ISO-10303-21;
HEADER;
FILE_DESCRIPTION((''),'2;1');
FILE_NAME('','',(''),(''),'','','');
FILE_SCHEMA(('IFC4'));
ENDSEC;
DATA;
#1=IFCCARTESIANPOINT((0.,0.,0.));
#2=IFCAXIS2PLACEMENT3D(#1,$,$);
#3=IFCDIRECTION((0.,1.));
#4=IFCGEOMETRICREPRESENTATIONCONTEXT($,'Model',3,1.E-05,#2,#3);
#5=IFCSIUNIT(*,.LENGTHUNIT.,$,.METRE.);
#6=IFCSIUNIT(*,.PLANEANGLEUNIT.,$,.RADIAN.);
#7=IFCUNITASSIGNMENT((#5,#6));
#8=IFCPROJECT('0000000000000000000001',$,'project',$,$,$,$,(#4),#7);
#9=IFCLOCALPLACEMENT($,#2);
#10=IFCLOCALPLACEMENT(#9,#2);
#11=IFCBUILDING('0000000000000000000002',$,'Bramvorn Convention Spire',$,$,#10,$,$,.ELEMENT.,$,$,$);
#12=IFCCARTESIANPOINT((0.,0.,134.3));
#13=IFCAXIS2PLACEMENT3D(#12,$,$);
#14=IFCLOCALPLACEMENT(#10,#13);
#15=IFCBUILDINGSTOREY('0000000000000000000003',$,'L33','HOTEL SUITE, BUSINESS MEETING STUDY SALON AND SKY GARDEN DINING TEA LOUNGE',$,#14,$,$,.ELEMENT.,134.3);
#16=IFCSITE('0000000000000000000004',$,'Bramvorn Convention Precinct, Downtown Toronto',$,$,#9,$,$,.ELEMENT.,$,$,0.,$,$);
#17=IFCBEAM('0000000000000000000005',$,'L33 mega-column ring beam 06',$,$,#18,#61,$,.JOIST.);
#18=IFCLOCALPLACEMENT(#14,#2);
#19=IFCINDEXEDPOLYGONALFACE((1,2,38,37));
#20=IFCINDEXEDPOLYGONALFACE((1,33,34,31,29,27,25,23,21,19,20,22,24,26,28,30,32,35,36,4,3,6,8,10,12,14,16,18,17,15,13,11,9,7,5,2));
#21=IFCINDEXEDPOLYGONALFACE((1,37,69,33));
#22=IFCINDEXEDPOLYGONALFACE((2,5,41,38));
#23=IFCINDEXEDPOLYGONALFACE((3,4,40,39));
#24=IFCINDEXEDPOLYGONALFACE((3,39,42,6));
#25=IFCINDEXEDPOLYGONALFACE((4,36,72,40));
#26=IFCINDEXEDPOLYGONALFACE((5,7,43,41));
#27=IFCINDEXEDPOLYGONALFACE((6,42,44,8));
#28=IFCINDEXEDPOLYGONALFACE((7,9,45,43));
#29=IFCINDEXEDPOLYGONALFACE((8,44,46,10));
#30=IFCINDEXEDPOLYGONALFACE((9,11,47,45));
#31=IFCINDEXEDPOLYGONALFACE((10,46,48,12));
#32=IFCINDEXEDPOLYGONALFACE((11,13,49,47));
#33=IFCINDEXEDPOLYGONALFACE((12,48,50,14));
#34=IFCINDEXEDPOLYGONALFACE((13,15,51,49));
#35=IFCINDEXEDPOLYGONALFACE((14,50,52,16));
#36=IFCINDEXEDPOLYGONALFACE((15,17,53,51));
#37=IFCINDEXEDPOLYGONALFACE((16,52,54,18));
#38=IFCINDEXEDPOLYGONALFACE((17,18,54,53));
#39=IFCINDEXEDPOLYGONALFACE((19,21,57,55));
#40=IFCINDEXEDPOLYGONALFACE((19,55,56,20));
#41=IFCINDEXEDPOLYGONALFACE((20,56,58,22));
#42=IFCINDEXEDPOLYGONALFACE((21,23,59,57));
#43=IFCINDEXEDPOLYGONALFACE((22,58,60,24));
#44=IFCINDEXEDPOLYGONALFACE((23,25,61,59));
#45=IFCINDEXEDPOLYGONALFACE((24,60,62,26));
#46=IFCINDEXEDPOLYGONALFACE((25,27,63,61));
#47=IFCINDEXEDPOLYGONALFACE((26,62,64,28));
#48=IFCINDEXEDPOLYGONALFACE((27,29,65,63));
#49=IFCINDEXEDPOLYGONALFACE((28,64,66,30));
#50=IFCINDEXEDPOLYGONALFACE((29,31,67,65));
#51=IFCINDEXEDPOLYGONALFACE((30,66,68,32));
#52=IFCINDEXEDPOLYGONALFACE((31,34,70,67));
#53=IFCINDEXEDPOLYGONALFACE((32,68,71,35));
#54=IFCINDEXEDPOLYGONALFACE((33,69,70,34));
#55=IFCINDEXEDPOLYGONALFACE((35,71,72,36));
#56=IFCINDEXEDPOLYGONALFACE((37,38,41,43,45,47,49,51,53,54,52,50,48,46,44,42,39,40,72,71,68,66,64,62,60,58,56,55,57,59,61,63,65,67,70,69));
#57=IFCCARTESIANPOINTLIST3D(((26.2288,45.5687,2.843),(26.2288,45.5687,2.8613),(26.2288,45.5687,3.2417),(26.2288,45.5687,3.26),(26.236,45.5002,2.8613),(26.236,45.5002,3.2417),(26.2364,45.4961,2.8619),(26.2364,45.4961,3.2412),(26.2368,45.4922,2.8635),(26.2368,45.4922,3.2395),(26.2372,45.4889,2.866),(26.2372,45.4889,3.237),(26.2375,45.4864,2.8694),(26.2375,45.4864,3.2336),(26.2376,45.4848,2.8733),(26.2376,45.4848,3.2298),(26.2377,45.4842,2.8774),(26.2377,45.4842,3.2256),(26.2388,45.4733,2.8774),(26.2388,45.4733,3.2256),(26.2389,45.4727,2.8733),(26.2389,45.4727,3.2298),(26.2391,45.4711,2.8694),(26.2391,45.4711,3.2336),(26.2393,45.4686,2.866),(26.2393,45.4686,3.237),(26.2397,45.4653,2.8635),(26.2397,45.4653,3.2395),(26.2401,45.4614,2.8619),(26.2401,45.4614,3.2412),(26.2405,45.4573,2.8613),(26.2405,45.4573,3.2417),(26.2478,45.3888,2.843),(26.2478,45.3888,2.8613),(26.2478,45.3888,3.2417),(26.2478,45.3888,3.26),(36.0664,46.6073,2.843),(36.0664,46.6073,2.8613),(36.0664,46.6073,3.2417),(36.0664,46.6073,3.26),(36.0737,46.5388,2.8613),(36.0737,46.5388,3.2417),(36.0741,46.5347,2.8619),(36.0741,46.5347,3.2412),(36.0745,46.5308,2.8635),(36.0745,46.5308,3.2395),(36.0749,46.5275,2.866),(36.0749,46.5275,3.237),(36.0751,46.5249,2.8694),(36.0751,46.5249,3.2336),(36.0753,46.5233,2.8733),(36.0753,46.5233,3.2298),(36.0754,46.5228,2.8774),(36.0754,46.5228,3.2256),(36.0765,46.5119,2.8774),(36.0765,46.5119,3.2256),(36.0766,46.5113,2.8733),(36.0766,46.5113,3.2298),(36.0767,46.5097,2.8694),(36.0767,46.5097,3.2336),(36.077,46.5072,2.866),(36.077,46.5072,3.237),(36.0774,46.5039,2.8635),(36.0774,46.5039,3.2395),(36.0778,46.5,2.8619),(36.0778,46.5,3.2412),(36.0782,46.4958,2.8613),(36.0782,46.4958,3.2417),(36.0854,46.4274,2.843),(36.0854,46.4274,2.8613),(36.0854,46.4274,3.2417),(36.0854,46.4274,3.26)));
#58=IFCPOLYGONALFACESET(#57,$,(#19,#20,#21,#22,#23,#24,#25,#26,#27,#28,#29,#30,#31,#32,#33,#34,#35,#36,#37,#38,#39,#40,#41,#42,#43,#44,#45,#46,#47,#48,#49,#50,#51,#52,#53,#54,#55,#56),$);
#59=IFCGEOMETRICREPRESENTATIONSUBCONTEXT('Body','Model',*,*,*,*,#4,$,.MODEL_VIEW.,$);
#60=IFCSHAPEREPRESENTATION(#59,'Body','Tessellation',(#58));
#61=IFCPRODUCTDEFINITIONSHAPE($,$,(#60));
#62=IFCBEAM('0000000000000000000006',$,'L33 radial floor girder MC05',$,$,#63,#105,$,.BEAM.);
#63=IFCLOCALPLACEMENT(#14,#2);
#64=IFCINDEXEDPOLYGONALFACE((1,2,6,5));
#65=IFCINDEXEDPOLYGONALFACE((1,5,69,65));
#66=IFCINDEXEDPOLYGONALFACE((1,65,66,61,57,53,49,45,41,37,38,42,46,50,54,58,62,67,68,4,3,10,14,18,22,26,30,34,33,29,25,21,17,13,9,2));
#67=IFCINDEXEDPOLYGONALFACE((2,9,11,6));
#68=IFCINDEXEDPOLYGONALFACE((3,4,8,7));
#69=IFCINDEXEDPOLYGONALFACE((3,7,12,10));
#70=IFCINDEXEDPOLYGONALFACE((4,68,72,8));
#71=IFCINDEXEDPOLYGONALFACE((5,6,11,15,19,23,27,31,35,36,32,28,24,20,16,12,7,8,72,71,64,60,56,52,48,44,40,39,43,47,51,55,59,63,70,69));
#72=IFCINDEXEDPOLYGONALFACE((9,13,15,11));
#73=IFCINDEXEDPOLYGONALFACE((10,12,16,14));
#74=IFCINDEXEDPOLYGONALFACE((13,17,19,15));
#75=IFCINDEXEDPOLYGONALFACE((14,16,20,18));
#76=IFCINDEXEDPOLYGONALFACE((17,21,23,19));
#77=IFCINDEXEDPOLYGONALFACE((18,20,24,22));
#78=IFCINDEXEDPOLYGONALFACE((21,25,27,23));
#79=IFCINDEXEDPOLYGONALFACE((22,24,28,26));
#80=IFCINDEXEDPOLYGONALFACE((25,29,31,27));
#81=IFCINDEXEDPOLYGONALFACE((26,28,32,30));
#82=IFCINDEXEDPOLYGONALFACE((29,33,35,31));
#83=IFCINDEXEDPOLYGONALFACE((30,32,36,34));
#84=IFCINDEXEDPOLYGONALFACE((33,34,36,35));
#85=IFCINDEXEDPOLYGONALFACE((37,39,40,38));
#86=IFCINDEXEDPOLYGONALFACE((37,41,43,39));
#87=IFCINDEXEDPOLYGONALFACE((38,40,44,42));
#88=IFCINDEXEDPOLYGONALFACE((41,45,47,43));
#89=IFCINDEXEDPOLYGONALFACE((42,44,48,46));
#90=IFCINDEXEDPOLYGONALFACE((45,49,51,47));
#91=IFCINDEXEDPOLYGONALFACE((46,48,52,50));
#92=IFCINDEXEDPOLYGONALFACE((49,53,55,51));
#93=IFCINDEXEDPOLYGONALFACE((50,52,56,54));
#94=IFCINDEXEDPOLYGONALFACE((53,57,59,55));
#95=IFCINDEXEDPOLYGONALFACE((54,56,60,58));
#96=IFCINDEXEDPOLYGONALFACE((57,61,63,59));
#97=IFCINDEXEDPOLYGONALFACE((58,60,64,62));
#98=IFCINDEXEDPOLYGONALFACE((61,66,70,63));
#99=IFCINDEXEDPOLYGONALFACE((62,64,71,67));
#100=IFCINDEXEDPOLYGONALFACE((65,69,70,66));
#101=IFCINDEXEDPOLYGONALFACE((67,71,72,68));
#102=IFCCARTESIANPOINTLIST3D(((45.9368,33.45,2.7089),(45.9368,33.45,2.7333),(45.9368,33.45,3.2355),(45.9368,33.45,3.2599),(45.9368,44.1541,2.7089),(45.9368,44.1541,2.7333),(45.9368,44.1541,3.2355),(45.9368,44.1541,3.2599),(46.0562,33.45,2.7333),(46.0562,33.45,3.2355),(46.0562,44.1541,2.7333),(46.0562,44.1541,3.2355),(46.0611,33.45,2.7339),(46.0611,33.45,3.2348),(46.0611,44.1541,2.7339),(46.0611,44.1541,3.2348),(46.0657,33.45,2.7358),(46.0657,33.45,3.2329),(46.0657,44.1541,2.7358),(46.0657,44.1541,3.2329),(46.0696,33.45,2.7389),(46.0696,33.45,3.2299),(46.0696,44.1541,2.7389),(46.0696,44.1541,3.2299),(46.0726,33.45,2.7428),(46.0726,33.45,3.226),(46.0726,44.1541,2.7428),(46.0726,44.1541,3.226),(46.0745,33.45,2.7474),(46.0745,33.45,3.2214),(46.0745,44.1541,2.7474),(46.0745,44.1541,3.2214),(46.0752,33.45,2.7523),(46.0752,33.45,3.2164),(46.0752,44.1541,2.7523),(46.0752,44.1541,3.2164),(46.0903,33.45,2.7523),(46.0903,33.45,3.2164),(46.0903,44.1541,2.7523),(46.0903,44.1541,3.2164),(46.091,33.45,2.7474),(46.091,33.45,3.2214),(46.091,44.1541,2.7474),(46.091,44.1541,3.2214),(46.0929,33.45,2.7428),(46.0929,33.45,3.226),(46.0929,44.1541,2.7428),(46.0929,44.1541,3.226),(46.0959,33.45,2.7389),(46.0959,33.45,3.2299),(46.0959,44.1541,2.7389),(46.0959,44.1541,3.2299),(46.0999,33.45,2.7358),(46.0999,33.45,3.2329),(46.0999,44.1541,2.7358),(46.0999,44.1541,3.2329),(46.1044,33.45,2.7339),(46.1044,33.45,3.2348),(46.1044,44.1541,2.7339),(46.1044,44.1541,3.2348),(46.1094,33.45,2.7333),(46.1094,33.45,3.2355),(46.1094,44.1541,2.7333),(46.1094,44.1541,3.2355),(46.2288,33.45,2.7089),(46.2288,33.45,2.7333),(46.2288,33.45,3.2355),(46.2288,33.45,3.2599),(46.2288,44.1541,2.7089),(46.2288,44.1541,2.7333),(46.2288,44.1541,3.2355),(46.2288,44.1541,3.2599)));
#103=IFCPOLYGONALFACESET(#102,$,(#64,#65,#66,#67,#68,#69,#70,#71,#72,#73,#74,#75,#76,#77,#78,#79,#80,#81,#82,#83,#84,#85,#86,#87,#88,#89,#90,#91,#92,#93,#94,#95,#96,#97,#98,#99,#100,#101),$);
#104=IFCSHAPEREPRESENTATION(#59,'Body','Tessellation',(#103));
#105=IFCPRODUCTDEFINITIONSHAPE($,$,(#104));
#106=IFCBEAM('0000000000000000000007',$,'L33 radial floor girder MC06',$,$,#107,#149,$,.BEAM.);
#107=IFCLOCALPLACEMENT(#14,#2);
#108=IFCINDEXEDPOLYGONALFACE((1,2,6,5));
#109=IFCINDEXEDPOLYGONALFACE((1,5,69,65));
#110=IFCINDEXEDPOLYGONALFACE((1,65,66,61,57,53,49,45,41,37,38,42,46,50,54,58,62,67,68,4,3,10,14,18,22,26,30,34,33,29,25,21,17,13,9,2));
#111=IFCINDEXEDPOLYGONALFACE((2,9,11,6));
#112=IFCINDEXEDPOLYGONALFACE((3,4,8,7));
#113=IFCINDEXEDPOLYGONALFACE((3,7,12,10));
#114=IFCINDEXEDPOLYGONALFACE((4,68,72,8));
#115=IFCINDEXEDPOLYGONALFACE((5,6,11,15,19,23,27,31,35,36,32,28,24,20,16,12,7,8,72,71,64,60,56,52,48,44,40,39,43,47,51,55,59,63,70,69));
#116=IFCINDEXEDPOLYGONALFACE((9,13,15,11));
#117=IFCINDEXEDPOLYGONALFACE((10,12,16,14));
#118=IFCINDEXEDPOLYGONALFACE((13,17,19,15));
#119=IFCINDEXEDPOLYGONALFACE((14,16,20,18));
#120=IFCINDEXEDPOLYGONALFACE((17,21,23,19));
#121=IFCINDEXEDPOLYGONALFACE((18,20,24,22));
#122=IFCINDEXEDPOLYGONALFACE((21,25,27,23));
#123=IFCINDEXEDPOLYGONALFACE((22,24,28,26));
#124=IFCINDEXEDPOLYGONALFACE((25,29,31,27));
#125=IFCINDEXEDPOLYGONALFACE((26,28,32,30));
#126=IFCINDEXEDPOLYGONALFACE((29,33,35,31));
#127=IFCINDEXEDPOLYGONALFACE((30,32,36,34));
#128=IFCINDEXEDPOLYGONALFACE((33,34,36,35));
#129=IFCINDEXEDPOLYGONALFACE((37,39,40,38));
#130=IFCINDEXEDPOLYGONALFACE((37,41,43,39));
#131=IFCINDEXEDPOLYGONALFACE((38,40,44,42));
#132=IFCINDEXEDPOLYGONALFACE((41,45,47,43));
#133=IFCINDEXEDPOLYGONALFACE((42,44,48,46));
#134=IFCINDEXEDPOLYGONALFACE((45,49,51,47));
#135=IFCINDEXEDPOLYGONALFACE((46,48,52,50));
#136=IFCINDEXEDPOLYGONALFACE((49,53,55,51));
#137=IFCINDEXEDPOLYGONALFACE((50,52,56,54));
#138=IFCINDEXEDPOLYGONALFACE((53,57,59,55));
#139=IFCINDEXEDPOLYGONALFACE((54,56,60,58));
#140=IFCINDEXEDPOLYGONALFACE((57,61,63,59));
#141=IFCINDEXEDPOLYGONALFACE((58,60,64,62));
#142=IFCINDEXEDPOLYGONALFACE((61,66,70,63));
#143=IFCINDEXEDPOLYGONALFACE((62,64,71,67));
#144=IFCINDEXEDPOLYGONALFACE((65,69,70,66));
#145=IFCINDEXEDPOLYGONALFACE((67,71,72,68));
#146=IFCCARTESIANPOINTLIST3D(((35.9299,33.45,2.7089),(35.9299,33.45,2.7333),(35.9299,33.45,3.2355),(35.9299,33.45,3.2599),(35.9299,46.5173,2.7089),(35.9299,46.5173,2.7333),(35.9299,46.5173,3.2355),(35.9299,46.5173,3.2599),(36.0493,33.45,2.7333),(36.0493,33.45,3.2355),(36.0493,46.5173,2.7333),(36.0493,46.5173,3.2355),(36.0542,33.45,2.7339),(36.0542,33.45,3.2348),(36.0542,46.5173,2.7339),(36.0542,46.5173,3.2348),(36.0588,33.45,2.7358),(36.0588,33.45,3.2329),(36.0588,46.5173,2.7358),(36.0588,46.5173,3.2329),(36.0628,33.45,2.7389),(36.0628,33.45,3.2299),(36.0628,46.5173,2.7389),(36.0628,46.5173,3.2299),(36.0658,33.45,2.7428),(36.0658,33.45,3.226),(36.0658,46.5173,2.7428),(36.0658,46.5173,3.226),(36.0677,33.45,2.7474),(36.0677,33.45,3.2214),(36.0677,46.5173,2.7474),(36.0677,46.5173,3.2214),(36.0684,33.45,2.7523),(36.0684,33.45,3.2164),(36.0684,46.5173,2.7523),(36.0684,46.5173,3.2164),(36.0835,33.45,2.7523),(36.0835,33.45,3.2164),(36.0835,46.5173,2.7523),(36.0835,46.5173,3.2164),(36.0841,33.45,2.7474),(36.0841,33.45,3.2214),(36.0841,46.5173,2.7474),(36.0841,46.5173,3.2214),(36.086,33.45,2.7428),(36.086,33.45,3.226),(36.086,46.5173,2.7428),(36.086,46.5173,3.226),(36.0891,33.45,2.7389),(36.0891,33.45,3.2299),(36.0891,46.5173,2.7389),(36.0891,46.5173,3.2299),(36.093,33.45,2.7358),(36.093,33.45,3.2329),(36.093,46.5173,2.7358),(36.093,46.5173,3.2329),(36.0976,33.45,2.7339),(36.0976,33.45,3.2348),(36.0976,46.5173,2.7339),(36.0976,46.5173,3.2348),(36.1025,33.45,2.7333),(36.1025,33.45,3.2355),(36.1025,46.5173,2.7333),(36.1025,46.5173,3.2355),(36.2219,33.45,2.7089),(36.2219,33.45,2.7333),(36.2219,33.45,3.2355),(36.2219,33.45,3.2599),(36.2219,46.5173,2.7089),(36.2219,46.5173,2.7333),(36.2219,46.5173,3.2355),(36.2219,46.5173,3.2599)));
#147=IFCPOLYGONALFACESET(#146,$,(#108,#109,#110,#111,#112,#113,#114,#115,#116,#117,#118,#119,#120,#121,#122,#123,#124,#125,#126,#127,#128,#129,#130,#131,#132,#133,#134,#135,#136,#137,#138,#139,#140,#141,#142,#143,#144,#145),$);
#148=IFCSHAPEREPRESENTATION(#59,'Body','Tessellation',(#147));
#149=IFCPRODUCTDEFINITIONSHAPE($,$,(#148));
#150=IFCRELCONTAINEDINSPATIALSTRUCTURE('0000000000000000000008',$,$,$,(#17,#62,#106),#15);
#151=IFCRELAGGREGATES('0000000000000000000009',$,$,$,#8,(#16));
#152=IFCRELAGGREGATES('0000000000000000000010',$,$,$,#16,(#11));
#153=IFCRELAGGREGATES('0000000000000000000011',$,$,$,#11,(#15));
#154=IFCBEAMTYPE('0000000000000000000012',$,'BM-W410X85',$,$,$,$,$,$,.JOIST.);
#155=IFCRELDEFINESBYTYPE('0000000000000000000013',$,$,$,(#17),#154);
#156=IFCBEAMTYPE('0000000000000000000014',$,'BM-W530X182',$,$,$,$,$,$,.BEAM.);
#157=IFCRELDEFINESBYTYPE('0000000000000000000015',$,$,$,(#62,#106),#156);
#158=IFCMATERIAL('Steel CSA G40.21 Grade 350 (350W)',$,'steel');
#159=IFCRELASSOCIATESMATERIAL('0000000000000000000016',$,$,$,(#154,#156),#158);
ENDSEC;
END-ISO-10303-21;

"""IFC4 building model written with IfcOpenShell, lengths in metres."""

from ifc_helpers import new_model, si_unit, direction, frame, origin, origin_2d, place, context, subcontext, project, spatial, i_section, extrude, material, material_profile, profile_set, type_object, element, save


model = new_model("IFC4")

# Units and contexts
model_context = context("Model", 3, precision=1e-05, world=origin(), true_north=direction((0.0, 1.0)))
body_context = subcontext(model_context, "Body", "Model", "MODEL_VIEW")
ifc_project = project(units=[si_unit("LENGTHUNIT", "METRE"), si_unit("PLANEANGLEUNIT", "RADIAN")], contexts=[model_context])

# Site, building, storey
site_placement = place(None, origin())
site = spatial("IfcSite", under=ifc_project, at=site_placement, Name="Bramvorn Convention Precinct, Downtown Toronto", CompositionType="ELEMENT", RefElevation=0.0)
building_placement = place(site_placement, origin())
building = spatial("IfcBuilding", under=site, at=building_placement, Name="Bramvorn Convention Spire", CompositionType="ELEMENT")
storey_placement = place(building_placement, frame((0.0, 0.0, 134.3)))
storey = spatial("IfcBuildingStorey", under=building, at=storey_placement, Name="L33", Description="HOTEL SUITE, BUSINESS MEETING STUDY SALON AND SKY GARDEN DINING TEA LOUNGE", CompositionType="ELEMENT", Elevation=134.3)

# Shared definitions
ifc_material_1 = material(Name="Steel CSA G40.21 Grade 350 (350W)", Category="steel")

# Beams
ifc_material_profile_1 = material_profile(ifc_material_1, i_section(OverallWidth=0.1809, OverallDepth=0.417, WebThickness=0.011, FlangeThickness=0.0183, FilletRadius=0.0161, at=origin_2d()))
ifc_profile_set_1 = profile_set([ifc_material_profile_1], Name="Steel CSA G40.21 Grade 350 (350W) - W410X85")
beam_type_1 = type_object("IfcBeamType", Name="BM-W410X85", PredefinedType="JOIST", material=ifc_profile_set_1)
beam_1_placement = place(storey_placement, frame((36.0759, 46.5173, 3.0515), z_axis=(-0.994473, -0.104988, 0.0), x_axis=(0.104988, -0.994473, 0.0)))
element("IfcBeam", 1, at=beam_1_placement, inside=storey, type_object=beam_type_1, Name="L33 mega-column ring beam 06", PredefinedType="JOIST", context=body_context, shape_type="SweptSolid", body=[
    extrude(i_section(OverallWidth=0.1809, OverallDepth=0.417, WebThickness=0.011, FlangeThickness=0.0183, FilletRadius=0.0161, at=origin_2d()), origin(), (0.0, 0.0, 1.0), 9.8923),
])
ifc_material_profile_2 = material_profile(ifc_material_1, i_section(OverallWidth=0.292, OverallDepth=0.551, WebThickness=0.0151, FlangeThickness=0.0244, FilletRadius=0.019, at=origin_2d()))
ifc_profile_set_2 = profile_set([ifc_material_profile_2], Name="Steel CSA G40.21 Grade 350 (350W) - W530X182")
beam_type_2 = type_object("IfcBeamType", Name="BM-W530X182", PredefinedType="BEAM", material=ifc_profile_set_2)
beam_2_placement = place(storey_placement, frame((46.0828, 33.45, 2.9844), z_axis=(0.0, 1.0, 0.0), x_axis=(-1.0, 0.0, 0.0)))
element("IfcBeam", 2, at=beam_2_placement, inside=storey, type_object=beam_type_2, Name="L33 radial floor girder MC05", PredefinedType="BEAM", context=body_context, shape_type="SweptSolid", body=[
    extrude(i_section(OverallWidth=0.292, OverallDepth=0.551, WebThickness=0.0151, FlangeThickness=0.0244, FilletRadius=0.019, at=origin_2d()), origin(), (0.0, 0.0, 1.0), 10.7041),
])
beam_3_placement = place(storey_placement, frame((36.0759, 33.45, 2.9844), z_axis=(0.0, 1.0, 0.0), x_axis=(-1.0, 0.0, 0.0)))
element("IfcBeam", 3, at=beam_3_placement, inside=storey, type_object=beam_type_2, Name="L33 radial floor girder MC06", PredefinedType="BEAM", context=body_context, shape_type="SweptSolid", body=[
    extrude(i_section(OverallWidth=0.292, OverallDepth=0.551, WebThickness=0.0151, FlangeThickness=0.0244, FilletRadius=0.019, at=origin_2d()), origin(), (0.0, 0.0, 1.0), 13.0674),
])

save(model, "model.ifc")
